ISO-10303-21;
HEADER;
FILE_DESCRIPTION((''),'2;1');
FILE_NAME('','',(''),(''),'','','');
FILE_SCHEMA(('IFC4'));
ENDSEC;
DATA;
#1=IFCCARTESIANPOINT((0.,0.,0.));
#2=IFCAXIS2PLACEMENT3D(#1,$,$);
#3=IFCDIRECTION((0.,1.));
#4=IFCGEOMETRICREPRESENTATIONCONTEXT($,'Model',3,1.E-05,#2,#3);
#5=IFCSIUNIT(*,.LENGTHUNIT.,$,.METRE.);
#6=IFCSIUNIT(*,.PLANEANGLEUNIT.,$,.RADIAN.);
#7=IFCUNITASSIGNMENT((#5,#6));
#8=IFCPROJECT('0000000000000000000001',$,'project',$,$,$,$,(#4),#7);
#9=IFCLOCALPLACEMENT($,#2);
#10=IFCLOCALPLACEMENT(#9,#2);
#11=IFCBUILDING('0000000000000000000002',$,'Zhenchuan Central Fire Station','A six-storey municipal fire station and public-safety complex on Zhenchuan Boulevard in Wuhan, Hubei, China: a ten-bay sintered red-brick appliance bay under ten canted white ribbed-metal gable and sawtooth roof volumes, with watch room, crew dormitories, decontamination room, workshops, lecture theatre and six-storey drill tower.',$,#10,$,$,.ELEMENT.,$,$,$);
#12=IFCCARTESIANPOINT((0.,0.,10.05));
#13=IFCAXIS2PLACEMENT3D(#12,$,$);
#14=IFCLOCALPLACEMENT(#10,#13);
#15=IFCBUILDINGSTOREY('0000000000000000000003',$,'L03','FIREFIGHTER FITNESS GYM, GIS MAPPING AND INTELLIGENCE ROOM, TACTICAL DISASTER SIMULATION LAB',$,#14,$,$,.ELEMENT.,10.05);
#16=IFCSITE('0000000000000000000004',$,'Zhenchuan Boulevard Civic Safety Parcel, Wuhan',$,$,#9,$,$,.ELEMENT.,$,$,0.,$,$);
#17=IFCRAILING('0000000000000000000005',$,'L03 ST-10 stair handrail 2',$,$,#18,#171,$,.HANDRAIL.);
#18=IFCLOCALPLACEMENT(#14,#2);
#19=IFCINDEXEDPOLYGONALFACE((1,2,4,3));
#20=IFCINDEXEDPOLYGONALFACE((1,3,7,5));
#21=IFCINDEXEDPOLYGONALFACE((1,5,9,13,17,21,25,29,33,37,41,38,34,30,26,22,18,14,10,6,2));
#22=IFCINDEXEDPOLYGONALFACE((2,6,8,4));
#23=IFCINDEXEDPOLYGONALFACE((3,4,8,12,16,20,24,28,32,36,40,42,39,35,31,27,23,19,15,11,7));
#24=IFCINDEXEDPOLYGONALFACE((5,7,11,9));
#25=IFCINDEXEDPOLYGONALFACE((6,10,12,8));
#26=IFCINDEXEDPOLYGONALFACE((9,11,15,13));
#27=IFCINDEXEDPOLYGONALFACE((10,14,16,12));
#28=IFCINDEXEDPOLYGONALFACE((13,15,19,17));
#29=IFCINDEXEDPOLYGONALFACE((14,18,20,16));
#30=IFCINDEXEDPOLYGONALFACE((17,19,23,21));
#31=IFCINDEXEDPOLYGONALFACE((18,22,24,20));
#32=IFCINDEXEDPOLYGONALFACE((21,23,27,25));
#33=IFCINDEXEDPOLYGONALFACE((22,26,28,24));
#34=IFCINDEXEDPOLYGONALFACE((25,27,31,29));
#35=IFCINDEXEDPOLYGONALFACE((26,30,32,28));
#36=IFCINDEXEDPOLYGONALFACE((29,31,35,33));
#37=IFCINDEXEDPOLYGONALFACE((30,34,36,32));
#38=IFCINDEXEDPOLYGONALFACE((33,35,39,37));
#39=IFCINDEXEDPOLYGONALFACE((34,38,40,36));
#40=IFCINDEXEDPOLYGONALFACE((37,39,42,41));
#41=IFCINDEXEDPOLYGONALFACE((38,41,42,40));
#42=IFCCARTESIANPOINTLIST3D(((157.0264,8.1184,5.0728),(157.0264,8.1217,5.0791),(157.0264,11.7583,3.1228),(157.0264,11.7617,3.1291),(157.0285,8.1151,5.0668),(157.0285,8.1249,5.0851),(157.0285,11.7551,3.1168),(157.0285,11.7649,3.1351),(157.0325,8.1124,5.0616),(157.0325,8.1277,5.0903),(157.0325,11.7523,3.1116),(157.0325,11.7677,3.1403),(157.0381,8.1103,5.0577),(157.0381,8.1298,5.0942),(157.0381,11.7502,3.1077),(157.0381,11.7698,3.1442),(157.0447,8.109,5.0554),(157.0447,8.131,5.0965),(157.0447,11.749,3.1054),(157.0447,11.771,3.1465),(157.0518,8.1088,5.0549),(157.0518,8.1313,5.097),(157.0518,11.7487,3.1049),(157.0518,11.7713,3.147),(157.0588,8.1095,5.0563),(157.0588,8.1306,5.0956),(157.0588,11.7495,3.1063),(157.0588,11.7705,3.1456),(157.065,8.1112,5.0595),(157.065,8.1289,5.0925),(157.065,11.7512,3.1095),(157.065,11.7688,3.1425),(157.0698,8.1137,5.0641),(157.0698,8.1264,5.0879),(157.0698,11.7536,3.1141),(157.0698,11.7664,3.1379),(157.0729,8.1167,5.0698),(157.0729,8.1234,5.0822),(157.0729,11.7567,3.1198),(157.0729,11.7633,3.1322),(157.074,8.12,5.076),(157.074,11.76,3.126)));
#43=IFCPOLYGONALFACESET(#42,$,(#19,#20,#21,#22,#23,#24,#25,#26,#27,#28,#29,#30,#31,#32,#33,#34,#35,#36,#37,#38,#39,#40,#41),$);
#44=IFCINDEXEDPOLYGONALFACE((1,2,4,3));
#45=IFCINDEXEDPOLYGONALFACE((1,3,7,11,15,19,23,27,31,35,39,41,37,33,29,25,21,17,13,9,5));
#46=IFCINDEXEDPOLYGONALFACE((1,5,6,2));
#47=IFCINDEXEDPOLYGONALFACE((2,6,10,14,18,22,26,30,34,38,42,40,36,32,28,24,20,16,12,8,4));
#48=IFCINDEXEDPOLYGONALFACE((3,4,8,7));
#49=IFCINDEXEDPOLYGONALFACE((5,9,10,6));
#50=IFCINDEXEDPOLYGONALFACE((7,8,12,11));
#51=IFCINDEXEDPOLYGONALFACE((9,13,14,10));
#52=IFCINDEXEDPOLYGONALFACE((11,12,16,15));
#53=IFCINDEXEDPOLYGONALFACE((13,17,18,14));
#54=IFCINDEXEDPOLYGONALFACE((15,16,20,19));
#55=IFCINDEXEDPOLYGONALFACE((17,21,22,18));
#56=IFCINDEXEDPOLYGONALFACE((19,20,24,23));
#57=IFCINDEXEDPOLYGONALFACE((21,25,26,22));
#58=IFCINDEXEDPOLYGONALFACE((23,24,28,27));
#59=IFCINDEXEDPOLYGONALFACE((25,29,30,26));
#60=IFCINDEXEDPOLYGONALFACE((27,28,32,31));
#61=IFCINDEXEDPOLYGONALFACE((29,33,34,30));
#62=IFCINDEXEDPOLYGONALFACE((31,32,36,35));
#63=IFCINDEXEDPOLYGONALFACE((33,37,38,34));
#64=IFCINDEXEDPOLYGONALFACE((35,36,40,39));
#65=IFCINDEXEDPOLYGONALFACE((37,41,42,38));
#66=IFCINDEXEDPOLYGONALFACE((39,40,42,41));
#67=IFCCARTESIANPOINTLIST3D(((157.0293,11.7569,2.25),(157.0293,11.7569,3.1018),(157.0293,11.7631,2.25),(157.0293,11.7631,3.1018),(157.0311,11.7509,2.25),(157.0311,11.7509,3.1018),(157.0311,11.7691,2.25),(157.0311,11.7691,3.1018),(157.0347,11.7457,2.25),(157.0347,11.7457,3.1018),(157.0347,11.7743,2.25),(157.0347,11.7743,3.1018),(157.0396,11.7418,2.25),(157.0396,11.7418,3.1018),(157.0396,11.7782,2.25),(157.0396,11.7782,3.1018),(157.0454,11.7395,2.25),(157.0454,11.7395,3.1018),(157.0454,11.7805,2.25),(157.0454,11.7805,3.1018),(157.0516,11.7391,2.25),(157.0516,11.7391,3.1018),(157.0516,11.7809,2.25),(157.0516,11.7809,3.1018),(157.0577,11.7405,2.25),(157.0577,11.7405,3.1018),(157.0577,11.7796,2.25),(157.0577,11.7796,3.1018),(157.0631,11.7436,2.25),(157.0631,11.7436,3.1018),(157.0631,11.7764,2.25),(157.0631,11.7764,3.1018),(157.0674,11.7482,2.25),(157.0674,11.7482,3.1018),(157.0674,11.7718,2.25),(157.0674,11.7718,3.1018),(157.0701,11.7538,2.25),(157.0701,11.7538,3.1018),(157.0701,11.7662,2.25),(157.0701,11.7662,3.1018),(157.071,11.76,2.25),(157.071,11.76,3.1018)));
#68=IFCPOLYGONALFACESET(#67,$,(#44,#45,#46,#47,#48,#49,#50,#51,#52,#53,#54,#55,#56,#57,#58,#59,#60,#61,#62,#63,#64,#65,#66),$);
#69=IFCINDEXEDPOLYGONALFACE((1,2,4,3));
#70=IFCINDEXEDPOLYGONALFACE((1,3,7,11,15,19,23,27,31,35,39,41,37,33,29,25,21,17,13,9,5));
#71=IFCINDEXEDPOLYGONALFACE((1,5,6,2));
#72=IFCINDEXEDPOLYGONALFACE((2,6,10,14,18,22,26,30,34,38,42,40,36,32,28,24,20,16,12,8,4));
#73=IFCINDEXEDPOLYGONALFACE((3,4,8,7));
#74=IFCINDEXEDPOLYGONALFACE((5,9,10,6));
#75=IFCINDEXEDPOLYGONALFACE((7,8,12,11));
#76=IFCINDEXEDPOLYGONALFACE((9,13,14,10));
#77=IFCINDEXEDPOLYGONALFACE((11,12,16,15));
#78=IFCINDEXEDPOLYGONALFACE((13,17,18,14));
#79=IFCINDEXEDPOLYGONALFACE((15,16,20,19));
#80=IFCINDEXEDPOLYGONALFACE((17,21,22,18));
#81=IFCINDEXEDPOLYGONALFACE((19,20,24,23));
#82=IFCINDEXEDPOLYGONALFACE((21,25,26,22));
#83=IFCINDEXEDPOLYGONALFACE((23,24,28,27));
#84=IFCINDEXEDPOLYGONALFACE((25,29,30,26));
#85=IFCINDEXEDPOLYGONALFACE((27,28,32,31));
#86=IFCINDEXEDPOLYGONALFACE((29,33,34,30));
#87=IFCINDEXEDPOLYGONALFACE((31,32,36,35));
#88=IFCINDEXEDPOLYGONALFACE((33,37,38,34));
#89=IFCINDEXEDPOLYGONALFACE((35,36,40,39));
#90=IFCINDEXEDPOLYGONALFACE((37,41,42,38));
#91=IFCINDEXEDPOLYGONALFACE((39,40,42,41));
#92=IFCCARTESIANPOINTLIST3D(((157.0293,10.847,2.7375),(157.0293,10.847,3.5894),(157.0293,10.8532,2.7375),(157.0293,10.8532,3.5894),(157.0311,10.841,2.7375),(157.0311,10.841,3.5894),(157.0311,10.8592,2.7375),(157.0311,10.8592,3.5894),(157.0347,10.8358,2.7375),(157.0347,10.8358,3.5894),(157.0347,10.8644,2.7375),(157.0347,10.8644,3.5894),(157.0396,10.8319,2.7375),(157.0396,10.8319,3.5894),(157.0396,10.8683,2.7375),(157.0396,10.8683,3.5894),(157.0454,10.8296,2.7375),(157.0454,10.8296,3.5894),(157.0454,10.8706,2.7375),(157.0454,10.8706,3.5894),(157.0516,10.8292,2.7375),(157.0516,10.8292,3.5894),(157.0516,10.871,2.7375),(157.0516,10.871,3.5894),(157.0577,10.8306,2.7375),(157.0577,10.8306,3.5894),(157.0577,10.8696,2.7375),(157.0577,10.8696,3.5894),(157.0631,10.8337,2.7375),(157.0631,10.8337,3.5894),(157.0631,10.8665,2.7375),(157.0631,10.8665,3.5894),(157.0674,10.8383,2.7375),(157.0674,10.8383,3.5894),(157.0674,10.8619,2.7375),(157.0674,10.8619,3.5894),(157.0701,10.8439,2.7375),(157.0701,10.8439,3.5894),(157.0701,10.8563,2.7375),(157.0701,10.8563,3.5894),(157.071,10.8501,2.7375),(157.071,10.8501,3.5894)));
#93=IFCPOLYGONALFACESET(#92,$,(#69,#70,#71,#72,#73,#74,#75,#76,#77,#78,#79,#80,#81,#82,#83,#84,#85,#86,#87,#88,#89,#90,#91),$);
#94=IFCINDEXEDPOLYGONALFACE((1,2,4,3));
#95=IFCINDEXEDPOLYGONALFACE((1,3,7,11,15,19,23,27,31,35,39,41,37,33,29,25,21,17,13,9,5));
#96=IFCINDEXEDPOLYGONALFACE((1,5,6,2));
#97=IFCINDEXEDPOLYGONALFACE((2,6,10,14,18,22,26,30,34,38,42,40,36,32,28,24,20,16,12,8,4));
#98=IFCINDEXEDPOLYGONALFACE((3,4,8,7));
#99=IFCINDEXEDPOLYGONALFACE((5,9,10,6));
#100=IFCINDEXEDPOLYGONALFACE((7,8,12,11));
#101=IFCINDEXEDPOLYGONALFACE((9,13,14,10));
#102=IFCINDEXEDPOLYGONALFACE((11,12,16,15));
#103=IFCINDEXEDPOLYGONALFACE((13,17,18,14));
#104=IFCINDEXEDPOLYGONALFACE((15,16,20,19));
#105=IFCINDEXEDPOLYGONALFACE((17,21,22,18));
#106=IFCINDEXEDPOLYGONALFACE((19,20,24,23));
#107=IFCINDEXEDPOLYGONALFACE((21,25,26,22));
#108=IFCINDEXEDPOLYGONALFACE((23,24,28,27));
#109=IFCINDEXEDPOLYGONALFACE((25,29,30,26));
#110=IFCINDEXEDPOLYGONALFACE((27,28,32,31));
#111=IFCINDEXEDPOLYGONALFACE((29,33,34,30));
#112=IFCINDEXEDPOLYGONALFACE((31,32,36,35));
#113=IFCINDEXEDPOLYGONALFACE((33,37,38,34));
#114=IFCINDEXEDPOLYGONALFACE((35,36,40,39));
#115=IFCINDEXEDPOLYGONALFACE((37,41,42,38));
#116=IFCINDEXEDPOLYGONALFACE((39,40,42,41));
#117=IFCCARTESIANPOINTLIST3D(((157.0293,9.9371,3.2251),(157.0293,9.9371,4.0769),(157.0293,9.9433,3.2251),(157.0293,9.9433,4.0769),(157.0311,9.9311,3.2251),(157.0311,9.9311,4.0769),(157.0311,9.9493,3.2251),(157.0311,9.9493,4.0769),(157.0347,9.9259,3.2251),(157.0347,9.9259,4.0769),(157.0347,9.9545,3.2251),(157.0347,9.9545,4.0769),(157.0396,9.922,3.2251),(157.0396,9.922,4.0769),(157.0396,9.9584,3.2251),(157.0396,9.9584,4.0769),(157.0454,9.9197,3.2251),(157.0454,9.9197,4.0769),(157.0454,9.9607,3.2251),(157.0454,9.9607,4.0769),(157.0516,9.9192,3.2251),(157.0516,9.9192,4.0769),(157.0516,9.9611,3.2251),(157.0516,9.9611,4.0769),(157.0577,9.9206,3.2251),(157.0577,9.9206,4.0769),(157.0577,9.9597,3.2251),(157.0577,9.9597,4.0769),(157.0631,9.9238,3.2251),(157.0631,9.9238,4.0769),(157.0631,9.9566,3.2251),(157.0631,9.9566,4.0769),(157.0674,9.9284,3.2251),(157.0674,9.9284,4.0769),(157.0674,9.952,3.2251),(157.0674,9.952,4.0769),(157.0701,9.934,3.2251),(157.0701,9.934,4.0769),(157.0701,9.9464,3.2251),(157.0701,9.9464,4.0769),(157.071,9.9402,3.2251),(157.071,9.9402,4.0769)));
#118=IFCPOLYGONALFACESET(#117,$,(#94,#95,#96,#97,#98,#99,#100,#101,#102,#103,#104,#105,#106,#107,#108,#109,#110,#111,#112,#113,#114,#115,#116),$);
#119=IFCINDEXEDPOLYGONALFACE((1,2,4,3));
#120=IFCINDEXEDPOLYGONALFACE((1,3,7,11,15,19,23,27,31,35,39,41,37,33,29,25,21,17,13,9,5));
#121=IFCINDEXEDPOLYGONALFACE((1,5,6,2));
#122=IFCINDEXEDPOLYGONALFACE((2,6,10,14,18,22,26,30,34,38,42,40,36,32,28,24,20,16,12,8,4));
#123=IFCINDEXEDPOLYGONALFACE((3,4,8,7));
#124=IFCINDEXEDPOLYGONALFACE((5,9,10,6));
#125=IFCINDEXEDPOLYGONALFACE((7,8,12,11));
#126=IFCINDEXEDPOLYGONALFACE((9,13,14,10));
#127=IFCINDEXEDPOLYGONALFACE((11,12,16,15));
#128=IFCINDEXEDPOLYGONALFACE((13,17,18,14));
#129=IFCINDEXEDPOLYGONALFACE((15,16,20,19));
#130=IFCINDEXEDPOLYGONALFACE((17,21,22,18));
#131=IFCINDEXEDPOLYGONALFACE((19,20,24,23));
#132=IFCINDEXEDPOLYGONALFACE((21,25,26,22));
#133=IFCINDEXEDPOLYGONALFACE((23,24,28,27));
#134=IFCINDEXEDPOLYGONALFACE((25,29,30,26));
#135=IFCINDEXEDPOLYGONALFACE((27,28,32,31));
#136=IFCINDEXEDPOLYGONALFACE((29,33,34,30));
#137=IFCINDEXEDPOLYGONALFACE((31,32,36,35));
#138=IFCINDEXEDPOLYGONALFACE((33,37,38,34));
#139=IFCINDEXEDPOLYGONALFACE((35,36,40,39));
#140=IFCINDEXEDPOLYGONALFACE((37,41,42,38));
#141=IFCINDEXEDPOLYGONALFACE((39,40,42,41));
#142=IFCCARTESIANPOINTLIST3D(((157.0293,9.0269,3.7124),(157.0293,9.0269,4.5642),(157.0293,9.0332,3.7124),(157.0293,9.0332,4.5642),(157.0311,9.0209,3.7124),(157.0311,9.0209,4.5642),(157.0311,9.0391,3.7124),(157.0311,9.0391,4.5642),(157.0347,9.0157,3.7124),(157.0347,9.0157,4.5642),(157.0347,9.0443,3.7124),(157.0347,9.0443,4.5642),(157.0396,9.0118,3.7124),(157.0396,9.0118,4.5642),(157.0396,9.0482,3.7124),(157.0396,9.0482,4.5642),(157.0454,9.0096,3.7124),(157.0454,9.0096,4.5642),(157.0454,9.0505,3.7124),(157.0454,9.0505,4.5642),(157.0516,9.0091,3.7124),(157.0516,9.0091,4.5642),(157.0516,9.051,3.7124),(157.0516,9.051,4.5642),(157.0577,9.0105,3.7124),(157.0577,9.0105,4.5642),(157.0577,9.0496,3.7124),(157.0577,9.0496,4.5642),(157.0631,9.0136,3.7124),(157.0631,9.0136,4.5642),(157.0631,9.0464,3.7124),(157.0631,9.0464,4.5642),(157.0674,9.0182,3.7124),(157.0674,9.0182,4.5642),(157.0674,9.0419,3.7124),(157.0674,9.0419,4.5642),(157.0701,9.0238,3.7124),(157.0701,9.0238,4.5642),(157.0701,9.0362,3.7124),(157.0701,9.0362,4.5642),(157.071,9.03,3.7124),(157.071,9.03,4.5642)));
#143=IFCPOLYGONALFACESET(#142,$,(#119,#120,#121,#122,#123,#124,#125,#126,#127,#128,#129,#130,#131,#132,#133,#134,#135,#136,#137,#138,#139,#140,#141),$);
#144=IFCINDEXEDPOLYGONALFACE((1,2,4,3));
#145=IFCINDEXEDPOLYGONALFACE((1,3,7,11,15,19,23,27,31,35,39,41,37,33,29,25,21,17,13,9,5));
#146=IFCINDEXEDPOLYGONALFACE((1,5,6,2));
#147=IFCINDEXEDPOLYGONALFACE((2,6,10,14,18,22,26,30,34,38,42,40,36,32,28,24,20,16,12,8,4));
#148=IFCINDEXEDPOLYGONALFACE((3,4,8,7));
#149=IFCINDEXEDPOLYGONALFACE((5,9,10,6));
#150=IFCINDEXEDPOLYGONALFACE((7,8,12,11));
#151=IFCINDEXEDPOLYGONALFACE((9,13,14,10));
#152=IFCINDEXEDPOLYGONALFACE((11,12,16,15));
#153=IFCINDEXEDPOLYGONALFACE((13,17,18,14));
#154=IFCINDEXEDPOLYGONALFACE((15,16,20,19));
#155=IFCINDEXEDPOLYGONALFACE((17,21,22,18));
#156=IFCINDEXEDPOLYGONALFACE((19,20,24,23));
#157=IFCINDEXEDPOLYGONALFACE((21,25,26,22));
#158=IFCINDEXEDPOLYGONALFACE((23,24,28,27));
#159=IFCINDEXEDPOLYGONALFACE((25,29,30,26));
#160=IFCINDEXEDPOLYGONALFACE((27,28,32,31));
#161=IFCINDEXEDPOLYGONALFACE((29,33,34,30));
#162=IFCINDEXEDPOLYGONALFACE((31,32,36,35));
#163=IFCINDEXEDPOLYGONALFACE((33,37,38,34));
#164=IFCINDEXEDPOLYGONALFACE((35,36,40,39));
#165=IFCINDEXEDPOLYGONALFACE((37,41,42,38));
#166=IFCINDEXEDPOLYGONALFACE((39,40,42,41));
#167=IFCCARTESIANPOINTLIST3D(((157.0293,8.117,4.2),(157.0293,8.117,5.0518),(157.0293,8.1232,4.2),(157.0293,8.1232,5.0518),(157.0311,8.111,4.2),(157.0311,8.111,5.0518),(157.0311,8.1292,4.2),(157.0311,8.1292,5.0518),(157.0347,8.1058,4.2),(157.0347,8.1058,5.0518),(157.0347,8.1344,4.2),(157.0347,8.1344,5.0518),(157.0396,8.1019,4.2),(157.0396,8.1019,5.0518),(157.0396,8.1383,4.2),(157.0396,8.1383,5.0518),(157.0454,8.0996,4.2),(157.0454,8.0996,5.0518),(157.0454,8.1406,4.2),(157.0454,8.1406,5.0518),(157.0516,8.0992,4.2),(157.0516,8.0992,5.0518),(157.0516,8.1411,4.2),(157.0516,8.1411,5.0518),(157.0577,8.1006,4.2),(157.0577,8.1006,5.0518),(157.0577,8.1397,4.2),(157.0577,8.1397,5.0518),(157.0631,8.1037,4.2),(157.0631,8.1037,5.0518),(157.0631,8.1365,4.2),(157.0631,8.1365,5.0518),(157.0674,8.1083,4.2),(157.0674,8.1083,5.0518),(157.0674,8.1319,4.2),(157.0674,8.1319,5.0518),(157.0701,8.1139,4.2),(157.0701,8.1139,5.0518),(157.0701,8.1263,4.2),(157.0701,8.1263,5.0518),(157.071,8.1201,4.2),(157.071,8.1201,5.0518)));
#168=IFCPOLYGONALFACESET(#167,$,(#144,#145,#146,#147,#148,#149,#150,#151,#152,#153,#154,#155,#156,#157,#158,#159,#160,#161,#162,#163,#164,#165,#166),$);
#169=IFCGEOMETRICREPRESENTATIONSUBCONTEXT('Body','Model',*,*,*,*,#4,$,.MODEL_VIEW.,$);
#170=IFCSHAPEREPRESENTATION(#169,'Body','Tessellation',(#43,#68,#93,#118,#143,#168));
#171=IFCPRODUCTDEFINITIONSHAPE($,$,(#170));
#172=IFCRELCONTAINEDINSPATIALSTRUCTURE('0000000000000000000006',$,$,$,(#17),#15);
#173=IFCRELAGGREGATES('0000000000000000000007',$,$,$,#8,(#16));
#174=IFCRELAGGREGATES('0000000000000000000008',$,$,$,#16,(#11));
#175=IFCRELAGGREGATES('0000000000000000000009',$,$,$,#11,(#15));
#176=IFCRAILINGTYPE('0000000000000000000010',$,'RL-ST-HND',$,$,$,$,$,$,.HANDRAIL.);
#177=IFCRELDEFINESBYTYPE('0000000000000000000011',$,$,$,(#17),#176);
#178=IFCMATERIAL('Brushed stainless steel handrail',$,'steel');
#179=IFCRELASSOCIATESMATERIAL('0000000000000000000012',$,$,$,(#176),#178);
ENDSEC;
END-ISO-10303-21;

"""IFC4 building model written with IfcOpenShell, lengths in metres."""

from ifc_helpers import new_model, si_unit, direction, frame, origin, origin_2d, place, context, subcontext, project, spatial, circle, extrude, material, type_object, element, save


model = new_model("IFC4")

# Units and contexts
model_context = context("Model", 3, precision=1e-05, world=origin(), true_north=direction((0.0, 1.0)))
body_context = subcontext(model_context, "Body", "Model", "MODEL_VIEW")
ifc_project = project(units=[si_unit("LENGTHUNIT", "METRE"), si_unit("PLANEANGLEUNIT", "RADIAN")], contexts=[model_context])

# Site, building, storey
site_placement = place(None, origin())
site = spatial("IfcSite", under=ifc_project, at=site_placement, Name="Zhenchuan Boulevard Civic Safety Parcel, Wuhan", CompositionType="ELEMENT", RefElevation=0.0)
building_placement = place(site_placement, origin())
building = spatial("IfcBuilding", under=site, at=building_placement, Name="Zhenchuan Central Fire Station", Description="A six-storey municipal fire station and public-safety complex on Zhenchuan Boulevard in Wuhan, Hubei, China: a ten-bay sintered red-brick appliance bay under ten canted white ribbed-metal gable and sawtooth roof volumes, with watch room, crew dormitories, decontamination room, workshops, lecture theatre and six-storey drill tower.", CompositionType="ELEMENT")
storey_placement = place(building_placement, frame((0.0, 0.0, 10.05)))
storey = spatial("IfcBuildingStorey", under=building, at=storey_placement, Name="L03", Description="FIREFIGHTER FITNESS GYM, GIS MAPPING AND INTELLIGENCE ROOM, TACTICAL DISASTER SIMULATION LAB", CompositionType="ELEMENT", Elevation=10.05)

# Railing
ifc_material_1 = material(Name="Brushed stainless steel handrail", Category="steel")
railing_type_1 = type_object("IfcRailingType", Name="RL-ST-HND", PredefinedType="HANDRAIL", material=ifc_material_1)
railing_1_placement = place(storey_placement, frame((157.05, 11.76, 2.25)))
element("IfcRailing", 1, at=railing_1_placement, inside=storey, type_object=railing_type_1, Name="L03 ST-10 stair handrail 2", PredefinedType="HANDRAIL", context=body_context, shape_type="SweptSolid", body=[
    extrude(circle(Radius=0.0239, at=origin_2d()), frame((0.0, 0.0, 0.876), z_axis=(0.0, -0.881479, 0.472223), x_axis=(1.0, 0.0, 0.0)), (0.0, 0.0, 1.0), 4.1294),
    extrude(circle(Radius=0.021, at=origin_2d()), origin(), (0.0, 0.0, 1.0), 0.8518),
    extrude(circle(Radius=0.021, at=origin_2d()), frame((0.0, -0.9099, 0.4875)), (0.0, 0.0, 1.0), 0.8518),
    extrude(circle(Radius=0.021, at=origin_2d()), frame((0.0, -1.8198, 0.9751)), (0.0, 0.0, 1.0), 0.8518),
    extrude(circle(Radius=0.021, at=origin_2d()), frame((0.0, -2.73, 1.4624)), (0.0, 0.0, 1.0), 0.8518),
    extrude(circle(Radius=0.021, at=origin_2d()), frame((0.0, -3.6399, 1.95)), (0.0, 0.0, 1.0), 0.8518),
])

save(model, "model.ifc")
